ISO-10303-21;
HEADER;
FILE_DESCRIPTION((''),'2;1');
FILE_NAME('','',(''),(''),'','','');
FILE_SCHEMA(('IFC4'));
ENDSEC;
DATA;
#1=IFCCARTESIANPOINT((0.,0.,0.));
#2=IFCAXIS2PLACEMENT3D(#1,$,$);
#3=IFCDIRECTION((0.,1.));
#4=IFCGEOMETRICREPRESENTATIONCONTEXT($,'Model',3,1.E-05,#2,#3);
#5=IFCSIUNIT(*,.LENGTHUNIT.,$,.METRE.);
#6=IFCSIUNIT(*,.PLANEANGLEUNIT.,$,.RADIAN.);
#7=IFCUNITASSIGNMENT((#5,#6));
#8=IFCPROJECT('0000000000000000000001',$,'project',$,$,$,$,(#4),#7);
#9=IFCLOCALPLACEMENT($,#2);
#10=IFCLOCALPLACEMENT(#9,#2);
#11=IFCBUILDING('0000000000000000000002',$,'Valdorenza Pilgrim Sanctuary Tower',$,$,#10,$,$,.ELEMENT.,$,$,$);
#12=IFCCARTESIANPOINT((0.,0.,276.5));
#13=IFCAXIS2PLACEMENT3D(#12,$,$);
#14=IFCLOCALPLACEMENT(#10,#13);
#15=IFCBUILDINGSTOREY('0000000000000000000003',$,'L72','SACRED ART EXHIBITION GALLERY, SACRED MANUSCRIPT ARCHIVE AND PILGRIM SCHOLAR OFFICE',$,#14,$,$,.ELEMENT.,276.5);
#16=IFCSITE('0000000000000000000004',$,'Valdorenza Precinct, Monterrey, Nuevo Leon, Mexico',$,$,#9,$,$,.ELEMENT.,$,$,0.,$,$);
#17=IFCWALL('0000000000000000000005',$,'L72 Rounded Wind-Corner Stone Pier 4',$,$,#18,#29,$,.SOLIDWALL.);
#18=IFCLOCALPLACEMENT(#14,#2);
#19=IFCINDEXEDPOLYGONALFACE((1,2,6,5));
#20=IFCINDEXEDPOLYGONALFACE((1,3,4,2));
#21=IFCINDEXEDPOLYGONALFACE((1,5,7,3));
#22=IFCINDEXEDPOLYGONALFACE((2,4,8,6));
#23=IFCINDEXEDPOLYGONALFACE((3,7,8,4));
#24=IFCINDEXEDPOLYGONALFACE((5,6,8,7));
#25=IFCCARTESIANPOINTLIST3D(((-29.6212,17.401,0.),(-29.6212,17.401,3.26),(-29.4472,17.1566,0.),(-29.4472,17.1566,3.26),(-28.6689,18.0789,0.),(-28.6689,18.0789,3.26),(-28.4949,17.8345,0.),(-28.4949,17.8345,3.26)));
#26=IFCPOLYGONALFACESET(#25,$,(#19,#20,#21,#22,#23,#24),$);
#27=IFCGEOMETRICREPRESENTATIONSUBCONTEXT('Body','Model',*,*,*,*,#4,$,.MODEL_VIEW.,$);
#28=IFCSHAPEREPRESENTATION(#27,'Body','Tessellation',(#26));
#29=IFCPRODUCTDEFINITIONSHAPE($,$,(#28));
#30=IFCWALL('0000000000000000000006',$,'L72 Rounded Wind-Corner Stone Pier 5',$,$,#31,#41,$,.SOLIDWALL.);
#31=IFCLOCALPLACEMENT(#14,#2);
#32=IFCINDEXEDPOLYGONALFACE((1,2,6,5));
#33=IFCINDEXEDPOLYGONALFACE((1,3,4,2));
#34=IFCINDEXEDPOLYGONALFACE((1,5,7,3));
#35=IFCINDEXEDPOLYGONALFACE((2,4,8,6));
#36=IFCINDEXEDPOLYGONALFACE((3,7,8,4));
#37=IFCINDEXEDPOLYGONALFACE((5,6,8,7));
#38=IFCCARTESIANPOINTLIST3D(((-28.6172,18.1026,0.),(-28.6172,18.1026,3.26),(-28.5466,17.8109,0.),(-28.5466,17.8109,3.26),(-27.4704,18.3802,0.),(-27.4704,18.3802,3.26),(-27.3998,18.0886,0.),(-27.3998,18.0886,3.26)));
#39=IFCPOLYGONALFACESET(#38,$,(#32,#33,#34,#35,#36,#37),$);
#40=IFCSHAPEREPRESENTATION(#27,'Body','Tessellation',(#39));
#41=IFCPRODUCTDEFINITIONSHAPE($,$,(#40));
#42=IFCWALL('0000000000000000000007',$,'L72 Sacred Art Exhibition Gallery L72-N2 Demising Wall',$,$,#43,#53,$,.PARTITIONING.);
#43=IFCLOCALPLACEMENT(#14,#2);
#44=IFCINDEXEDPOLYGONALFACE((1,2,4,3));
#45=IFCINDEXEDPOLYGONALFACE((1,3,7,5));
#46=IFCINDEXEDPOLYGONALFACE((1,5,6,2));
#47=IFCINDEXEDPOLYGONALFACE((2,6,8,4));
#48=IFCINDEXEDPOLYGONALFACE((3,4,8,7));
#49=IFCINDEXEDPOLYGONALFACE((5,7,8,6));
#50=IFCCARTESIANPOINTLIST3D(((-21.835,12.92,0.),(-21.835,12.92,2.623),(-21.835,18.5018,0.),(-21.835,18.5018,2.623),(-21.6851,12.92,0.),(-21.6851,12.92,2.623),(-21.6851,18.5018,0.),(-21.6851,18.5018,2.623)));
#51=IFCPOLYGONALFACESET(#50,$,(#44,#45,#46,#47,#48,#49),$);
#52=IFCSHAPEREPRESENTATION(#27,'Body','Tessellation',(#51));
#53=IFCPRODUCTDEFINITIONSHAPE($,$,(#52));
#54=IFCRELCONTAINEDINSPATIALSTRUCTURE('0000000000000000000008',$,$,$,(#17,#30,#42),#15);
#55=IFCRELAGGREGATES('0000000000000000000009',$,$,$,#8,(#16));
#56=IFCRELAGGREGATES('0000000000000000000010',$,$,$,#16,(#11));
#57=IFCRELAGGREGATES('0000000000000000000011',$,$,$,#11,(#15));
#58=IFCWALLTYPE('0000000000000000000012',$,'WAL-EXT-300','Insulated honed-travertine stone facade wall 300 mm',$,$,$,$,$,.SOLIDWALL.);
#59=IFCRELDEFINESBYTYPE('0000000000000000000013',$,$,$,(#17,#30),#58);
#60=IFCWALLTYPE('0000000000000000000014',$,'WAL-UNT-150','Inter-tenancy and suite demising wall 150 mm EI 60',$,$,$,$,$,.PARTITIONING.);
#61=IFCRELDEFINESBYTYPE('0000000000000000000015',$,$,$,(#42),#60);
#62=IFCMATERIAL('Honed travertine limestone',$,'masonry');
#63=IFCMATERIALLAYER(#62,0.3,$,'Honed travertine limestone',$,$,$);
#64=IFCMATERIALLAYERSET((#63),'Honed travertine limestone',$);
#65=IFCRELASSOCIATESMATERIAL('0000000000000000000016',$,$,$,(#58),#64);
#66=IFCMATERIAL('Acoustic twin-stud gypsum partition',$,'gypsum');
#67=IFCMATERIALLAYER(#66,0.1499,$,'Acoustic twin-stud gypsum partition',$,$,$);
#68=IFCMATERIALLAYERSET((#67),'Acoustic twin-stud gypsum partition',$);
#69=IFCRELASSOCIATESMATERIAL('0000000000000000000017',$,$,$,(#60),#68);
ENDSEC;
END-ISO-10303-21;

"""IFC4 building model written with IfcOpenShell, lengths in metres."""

from ifc_helpers import new_model, si_unit, direction, frame, frame_2d, origin, place, context, subcontext, project, spatial, rectangle, extrude, material, layer, layer_set, type_object, element, save


model = new_model("IFC4")

# Units and contexts
model_context = context("Model", 3, precision=1e-05, world=origin(), true_north=direction((0.0, 1.0)))
body_context = subcontext(model_context, "Body", "Model", "MODEL_VIEW")
ifc_project = project(units=[si_unit("LENGTHUNIT", "METRE"), si_unit("PLANEANGLEUNIT", "RADIAN")], contexts=[model_context])

# Site, building, storey
site_placement = place(None, origin())
site = spatial("IfcSite", under=ifc_project, at=site_placement, Name="Valdorenza Precinct, Monterrey, Nuevo Leon, Mexico", CompositionType="ELEMENT", RefElevation=0.0)
building_placement = place(site_placement, origin())
building = spatial("IfcBuilding", under=site, at=building_placement, Name="Valdorenza Pilgrim Sanctuary Tower", CompositionType="ELEMENT")
storey_placement = place(building_placement, frame((0.0, 0.0, 276.5)))
storey = spatial("IfcBuildingStorey", under=building, at=storey_placement, Name="L72", Description="SACRED ART EXHIBITION GALLERY, SACRED MANUSCRIPT ARCHIVE AND PILGRIM SCHOLAR OFFICE", CompositionType="ELEMENT", Elevation=276.5)

# Shared definitions
ifc_material_1 = material(Name="Honed travertine limestone", Category="masonry")

# Shared definitions
ifc_material_2 = material(Name="Acoustic twin-stud gypsum partition", Category="gypsum")

# Walls
ifc_layer_1 = layer(ifc_material_1, 0.3, Name="Honed travertine limestone")
ifc_layer_set_1 = layer_set([ifc_layer_1], Name="Honed travertine limestone")
wall_type_1 = type_object("IfcWallType", Name="WAL-EXT-300", Description="Insulated honed-travertine stone facade wall 300 mm", PredefinedType="SOLIDWALL", material=ifc_layer_set_1)
wall_1_placement = place(storey_placement, frame((-29.5342, 17.2788, 0.0), z_axis=(0.0, 0.0, 1.0), x_axis=(0.814664, 0.579934, 0.0)))
element("IfcWall", 1, at=wall_1_placement, inside=storey, type_object=wall_type_1, Name="L72 Rounded Wind-Corner Stone Pier 4", PredefinedType="SOLIDWALL", context=body_context, shape_type="SweptSolid", body=[
    extrude(rectangle(XDim=1.1689, YDim=0.3, at=frame_2d((0.5845, 0.0))), origin(), (0.0, 0.0, 1.0), 3.26),
])
wall_2_placement = place(storey_placement, frame((-28.5818, 17.9568, 0.0), z_axis=(0.0, 0.0, 1.0), x_axis=(0.971929, 0.235274, 0.0)))
element("IfcWall", 2, at=wall_2_placement, inside=storey, type_object=wall_type_1, Name="L72 Rounded Wind-Corner Stone Pier 5", PredefinedType="SOLIDWALL", context=body_context, shape_type="SweptSolid", body=[
    extrude(rectangle(XDim=1.1799, YDim=0.3, at=frame_2d((0.5898, 0.0))), origin(), (0.0, 0.0, 1.0), 3.26),
])
ifc_layer_2 = layer(ifc_material_2, 0.1499, Name="Acoustic twin-stud gypsum partition")
ifc_layer_set_2 = layer_set([ifc_layer_2], Name="Acoustic twin-stud gypsum partition")
wall_type_2 = type_object("IfcWallType", Name="WAL-UNT-150", Description="Inter-tenancy and suite demising wall 150 mm EI 60", PredefinedType="PARTITIONING", material=ifc_layer_set_2)
wall_3_placement = place(storey_placement, frame((-21.76, 12.9199, 0.0), z_axis=(0.0, 0.0, 1.0), x_axis=(0.0, 1.0, 0.0)))
element("IfcWall", 3, at=wall_3_placement, inside=storey, type_object=wall_type_2, Name="L72 Sacred Art Exhibition Gallery L72-N2 Demising Wall", PredefinedType="PARTITIONING", context=body_context, shape_type="SweptSolid", body=[
    extrude(rectangle(XDim=5.5818, YDim=0.1499, at=frame_2d((2.791, 0.0))), origin(), (0.0, 0.0, 1.0), 2.623),
])

save(model, "model.ifc")
